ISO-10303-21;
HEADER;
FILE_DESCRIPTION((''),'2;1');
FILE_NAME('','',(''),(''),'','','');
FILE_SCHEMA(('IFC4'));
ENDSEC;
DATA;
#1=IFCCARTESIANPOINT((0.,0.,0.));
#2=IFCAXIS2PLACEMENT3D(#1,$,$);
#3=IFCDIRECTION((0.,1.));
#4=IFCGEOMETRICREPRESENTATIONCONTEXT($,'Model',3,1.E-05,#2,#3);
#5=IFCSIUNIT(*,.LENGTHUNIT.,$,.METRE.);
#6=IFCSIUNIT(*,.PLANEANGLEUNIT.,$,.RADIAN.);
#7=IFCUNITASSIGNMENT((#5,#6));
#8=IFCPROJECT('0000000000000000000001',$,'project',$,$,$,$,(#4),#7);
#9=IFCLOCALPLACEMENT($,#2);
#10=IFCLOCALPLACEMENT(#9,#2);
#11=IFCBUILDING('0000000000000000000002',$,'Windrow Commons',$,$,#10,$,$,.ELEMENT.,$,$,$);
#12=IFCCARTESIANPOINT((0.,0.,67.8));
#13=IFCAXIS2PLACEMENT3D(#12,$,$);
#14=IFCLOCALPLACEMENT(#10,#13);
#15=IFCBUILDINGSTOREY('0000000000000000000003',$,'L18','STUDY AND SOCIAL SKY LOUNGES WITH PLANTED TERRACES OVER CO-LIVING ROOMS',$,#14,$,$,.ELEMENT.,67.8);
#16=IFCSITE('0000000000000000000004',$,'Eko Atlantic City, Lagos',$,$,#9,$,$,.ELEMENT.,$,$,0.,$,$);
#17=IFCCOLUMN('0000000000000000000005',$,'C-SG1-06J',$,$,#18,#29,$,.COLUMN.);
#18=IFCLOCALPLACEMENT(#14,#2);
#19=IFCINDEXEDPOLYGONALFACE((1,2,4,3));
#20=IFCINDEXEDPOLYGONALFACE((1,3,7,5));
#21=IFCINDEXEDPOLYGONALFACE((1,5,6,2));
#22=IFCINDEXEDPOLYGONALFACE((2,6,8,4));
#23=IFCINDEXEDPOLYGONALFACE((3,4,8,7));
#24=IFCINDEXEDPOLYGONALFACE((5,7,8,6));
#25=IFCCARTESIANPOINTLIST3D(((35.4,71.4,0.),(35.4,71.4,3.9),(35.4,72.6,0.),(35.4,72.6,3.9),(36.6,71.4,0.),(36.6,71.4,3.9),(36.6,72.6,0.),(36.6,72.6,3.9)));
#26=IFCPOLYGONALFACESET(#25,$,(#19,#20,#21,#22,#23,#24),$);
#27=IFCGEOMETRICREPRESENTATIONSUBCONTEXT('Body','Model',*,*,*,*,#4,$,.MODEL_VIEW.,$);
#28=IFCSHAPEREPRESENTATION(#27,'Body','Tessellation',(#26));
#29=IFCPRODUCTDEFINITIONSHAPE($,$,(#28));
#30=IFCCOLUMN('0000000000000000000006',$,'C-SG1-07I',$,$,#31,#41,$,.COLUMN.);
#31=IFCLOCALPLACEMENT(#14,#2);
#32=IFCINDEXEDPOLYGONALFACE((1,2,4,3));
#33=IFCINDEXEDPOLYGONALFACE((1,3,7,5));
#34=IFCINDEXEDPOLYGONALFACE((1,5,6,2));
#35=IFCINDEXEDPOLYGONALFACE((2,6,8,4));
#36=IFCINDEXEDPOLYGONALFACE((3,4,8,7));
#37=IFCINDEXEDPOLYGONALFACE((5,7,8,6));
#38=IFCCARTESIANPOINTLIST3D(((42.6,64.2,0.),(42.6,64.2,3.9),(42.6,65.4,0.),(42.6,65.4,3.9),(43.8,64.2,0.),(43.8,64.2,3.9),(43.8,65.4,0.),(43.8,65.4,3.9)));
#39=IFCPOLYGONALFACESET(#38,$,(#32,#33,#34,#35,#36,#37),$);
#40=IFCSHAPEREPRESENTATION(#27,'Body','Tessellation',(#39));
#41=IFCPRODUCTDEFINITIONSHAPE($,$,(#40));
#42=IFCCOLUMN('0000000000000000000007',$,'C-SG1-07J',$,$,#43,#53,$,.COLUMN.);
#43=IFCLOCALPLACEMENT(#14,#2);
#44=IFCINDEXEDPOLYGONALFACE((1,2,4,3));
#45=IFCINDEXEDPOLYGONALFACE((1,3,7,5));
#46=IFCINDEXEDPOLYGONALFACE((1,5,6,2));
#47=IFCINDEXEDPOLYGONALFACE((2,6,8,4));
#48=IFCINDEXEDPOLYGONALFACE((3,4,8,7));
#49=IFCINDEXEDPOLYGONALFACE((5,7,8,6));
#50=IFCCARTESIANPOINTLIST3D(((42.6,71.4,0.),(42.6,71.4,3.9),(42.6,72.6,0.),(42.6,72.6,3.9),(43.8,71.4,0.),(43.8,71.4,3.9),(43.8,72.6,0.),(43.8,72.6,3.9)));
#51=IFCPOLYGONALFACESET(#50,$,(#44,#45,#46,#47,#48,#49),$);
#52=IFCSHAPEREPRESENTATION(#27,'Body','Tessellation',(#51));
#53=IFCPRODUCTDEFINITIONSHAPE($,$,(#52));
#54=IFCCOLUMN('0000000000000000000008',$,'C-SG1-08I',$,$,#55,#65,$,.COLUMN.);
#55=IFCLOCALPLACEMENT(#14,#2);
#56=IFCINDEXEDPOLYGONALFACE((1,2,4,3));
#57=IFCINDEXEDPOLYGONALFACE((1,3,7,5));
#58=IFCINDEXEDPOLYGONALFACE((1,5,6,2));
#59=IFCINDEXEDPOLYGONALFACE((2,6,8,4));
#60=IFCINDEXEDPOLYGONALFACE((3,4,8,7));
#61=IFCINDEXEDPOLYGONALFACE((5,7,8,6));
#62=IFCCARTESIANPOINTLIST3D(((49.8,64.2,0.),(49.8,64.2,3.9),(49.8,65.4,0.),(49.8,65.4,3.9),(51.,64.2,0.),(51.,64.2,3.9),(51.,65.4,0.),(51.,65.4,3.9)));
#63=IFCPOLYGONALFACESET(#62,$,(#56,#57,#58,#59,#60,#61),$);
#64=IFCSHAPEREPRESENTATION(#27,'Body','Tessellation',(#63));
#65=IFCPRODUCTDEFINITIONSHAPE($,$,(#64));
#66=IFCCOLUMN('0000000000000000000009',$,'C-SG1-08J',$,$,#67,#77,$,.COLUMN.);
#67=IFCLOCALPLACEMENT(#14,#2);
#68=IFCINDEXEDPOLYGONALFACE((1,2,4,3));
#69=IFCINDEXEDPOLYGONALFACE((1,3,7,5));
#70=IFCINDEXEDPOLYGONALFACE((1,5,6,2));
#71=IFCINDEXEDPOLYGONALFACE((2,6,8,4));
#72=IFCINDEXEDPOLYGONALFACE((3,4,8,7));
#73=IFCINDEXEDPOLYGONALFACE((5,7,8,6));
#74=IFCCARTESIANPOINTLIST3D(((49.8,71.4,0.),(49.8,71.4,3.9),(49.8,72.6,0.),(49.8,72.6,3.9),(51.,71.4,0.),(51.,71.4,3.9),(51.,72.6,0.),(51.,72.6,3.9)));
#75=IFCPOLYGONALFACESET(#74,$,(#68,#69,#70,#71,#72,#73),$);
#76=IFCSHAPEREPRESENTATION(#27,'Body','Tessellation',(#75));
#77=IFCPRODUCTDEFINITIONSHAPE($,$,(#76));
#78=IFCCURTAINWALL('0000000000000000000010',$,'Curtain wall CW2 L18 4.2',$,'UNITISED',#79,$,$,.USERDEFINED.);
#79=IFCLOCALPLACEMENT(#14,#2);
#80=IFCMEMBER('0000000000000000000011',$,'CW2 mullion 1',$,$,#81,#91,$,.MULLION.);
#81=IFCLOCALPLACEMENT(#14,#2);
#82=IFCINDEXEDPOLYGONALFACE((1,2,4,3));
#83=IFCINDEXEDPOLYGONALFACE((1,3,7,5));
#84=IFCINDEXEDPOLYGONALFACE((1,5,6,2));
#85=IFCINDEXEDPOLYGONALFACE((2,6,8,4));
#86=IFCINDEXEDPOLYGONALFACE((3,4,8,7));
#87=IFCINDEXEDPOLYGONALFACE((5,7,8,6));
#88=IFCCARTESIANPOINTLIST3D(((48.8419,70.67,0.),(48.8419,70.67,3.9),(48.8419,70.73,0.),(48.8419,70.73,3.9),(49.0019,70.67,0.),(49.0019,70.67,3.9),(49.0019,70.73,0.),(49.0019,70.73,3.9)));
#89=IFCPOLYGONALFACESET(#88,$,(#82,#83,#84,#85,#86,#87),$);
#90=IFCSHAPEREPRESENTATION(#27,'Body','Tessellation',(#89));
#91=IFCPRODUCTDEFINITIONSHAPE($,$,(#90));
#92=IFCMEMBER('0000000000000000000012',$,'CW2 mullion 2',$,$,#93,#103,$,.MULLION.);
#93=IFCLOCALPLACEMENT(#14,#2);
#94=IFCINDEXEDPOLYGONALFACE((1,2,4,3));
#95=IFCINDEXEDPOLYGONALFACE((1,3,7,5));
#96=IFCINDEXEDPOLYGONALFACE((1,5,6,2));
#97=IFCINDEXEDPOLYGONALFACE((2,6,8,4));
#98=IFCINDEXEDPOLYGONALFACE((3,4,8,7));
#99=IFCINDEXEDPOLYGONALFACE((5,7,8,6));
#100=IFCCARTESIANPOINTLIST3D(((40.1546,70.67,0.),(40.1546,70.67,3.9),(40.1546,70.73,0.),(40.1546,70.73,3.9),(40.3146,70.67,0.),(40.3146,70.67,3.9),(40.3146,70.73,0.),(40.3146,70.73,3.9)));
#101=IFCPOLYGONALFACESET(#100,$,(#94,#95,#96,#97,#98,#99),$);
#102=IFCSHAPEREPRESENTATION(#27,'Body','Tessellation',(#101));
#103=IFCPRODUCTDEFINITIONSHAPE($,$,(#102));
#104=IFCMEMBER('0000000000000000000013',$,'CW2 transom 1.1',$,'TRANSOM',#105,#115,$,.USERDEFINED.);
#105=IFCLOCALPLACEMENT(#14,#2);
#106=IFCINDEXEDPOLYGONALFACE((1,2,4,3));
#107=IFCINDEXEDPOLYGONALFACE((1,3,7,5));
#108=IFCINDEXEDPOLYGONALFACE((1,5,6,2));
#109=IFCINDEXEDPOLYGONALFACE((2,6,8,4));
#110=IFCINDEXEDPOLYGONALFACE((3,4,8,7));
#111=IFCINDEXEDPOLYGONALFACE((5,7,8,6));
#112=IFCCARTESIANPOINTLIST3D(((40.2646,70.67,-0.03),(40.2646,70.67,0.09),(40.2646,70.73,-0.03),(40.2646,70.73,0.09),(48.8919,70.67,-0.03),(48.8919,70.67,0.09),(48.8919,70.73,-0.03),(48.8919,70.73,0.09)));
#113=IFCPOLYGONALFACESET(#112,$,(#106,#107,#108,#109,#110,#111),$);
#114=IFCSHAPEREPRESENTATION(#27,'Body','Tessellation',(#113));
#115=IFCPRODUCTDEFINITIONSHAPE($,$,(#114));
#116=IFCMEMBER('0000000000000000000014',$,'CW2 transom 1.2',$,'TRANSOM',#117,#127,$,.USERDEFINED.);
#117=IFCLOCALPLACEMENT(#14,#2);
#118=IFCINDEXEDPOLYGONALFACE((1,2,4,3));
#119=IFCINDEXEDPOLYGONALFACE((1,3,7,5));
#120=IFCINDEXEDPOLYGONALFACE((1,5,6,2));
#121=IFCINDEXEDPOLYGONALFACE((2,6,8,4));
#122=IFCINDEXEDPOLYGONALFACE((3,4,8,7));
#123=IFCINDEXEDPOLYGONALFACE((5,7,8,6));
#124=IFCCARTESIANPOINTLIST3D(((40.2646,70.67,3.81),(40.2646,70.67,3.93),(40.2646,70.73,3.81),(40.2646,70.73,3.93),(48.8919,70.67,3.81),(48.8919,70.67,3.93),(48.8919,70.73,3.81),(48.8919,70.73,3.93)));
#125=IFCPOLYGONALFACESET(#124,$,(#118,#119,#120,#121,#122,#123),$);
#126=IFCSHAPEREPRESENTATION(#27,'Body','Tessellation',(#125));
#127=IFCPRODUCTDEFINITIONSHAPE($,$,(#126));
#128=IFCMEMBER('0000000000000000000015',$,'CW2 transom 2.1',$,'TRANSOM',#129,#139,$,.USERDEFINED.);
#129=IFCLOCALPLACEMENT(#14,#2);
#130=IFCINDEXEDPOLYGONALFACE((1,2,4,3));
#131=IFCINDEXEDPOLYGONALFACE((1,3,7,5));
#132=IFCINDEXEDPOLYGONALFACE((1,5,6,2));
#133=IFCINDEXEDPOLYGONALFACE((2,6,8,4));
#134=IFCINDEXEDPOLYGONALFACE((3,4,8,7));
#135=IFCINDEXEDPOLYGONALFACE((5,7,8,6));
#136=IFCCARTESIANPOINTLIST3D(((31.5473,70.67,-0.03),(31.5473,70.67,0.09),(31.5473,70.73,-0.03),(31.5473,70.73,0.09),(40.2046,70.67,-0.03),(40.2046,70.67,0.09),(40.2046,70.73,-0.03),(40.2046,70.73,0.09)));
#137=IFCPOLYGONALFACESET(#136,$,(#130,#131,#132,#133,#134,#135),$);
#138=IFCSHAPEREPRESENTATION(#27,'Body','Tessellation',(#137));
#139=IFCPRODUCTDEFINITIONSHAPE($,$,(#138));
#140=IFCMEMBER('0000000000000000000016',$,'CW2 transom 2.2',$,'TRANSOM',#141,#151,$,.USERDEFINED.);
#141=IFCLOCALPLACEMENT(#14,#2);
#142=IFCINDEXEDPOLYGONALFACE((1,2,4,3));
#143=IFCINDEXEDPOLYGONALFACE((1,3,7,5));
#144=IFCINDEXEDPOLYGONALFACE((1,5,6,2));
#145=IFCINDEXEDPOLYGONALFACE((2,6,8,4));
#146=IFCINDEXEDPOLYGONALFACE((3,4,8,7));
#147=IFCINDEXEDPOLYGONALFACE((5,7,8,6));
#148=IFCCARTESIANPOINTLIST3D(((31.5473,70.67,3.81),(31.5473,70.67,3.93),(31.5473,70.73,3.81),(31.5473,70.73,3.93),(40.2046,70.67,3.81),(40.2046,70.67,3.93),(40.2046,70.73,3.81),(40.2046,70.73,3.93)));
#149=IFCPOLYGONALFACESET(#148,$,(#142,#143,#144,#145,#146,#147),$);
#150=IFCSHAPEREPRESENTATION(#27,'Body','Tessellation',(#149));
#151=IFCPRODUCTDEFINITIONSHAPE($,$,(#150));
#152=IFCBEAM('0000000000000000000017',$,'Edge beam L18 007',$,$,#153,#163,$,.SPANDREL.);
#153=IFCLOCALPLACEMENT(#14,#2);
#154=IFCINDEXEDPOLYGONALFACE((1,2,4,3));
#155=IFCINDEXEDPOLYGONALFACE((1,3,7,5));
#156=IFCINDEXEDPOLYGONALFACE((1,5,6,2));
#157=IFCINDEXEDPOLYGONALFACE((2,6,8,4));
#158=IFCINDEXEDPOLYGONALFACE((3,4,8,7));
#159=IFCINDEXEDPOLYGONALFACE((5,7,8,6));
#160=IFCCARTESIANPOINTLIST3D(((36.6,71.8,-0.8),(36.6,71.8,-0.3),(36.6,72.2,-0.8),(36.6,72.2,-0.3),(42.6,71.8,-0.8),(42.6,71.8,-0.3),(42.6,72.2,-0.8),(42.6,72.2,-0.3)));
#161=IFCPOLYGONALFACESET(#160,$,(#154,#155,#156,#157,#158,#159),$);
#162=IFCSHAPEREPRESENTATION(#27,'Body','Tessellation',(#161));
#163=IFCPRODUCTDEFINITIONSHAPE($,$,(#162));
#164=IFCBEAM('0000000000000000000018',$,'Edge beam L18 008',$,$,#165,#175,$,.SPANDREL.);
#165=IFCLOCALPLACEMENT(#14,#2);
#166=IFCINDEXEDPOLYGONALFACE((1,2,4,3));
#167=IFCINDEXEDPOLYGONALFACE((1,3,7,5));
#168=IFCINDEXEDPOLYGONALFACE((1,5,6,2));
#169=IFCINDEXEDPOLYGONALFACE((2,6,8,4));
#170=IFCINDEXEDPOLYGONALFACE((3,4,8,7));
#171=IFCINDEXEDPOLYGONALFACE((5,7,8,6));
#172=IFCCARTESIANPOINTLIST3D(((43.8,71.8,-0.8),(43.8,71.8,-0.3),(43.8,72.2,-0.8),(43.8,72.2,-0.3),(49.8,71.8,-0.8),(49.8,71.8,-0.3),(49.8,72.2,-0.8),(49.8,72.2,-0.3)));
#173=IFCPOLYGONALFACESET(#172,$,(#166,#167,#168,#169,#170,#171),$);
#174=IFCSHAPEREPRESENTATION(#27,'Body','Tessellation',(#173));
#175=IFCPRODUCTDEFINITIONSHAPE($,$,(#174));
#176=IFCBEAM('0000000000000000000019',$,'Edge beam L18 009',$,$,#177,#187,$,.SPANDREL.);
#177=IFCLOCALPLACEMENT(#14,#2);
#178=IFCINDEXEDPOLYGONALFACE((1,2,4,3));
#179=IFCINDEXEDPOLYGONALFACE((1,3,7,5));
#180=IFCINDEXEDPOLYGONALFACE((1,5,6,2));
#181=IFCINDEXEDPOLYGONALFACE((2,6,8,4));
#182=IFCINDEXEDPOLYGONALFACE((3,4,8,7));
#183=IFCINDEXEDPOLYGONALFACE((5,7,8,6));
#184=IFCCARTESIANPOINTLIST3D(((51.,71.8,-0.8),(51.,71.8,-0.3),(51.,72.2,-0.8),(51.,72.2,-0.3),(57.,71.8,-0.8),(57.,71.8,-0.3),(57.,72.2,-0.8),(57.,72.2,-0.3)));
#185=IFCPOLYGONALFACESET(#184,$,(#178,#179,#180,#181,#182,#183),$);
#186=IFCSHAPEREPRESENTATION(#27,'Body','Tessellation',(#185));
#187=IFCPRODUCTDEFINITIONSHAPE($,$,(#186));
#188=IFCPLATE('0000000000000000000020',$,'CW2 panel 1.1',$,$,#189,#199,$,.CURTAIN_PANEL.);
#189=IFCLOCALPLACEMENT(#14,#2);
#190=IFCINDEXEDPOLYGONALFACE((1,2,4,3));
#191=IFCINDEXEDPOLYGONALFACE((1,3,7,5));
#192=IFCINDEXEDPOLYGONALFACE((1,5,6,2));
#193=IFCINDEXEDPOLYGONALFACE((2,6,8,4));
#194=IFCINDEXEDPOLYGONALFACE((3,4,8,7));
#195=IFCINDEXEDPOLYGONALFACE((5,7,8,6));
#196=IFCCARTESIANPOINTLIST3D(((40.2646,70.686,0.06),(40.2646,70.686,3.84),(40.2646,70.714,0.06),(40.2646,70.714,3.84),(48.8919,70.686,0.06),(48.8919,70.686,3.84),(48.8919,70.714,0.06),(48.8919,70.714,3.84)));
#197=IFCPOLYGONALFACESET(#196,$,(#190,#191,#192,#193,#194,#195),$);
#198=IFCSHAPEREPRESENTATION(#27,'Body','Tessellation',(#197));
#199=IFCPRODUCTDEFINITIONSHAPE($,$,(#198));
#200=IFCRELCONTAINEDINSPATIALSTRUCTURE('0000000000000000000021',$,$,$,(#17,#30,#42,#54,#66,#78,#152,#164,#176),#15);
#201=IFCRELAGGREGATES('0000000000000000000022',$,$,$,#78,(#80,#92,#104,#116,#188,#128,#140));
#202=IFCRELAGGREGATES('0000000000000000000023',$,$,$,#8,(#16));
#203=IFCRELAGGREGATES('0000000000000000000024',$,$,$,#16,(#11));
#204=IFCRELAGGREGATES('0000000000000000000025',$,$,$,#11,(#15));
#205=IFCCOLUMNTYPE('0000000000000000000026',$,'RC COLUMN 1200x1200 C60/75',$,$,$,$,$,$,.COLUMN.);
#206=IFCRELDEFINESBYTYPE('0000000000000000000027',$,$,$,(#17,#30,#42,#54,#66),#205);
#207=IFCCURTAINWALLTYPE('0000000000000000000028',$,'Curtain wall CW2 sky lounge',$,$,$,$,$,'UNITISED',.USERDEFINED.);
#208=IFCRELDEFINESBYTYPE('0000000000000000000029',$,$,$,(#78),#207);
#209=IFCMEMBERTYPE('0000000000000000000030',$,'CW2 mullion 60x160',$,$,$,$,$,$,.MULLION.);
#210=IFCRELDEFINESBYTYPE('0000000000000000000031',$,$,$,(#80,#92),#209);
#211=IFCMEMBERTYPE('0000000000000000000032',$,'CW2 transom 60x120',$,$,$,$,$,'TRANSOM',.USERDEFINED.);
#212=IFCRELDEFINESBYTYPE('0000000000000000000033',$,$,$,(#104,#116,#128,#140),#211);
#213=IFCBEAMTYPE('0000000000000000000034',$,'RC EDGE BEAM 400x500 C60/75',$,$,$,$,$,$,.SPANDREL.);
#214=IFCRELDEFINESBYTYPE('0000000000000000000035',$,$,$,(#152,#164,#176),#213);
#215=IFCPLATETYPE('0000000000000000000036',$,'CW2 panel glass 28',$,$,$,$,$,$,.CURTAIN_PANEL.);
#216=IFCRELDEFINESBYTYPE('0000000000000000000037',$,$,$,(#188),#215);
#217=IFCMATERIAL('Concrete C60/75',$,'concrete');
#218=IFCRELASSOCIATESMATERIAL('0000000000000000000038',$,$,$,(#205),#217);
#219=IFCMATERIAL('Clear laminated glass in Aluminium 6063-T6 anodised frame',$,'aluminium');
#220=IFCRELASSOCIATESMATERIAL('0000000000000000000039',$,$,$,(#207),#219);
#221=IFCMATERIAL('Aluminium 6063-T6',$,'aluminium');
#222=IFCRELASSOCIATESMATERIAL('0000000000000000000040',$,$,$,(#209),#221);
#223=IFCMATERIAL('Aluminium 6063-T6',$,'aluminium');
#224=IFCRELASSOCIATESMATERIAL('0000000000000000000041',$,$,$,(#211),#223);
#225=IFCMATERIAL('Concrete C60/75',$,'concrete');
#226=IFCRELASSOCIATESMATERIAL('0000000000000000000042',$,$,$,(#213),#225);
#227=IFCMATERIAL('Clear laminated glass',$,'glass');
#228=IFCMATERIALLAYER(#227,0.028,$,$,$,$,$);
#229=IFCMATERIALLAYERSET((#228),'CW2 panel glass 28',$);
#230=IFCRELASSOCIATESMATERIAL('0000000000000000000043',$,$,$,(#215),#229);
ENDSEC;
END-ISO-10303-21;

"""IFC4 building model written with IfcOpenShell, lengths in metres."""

from ifc_helpers import new_model, si_unit, direction, frame, origin, origin_2d, place, context, subcontext, project, spatial, rectangle, extrude, material, layer, layer_set, material_profile, profile_set, type_object, element, aggregate, save


model = new_model("IFC4")

# Units and contexts
model_context = context("Model", 3, precision=1e-05, world=origin(), true_north=direction((0.0, 1.0)))
body_context = subcontext(model_context, "Body", "Model", "MODEL_VIEW")
ifc_project = project(units=[si_unit("LENGTHUNIT", "METRE"), si_unit("PLANEANGLEUNIT", "RADIAN")], contexts=[model_context])

# Site, building, storey
site_placement = place(None, origin())
site = spatial("IfcSite", under=ifc_project, at=site_placement, Name="Eko Atlantic City, Lagos", CompositionType="ELEMENT", RefElevation=0.0)
building_placement = place(site_placement, origin())
building = spatial("IfcBuilding", under=site, at=building_placement, Name="Windrow Commons", CompositionType="ELEMENT")
storey_placement = place(building_placement, frame((0.0, 0.0, 67.8)))
storey = spatial("IfcBuildingStorey", under=building, at=storey_placement, Name="L18", Description="STUDY AND SOCIAL SKY LOUNGES WITH PLANTED TERRACES OVER CO-LIVING ROOMS", CompositionType="ELEMENT", Elevation=67.8)

# Columns
ifc_material_1 = material(Name="Concrete C60/75", Category="concrete")
ifc_material_profile_1 = material_profile(ifc_material_1, rectangle(XDim=1.2, YDim=1.2, at=origin_2d()))
ifc_profile_set_1 = profile_set([ifc_material_profile_1], Name="Concrete C60/75")
column_type = type_object("IfcColumnType", Name="RC COLUMN 1200x1200 C60/75", PredefinedType="COLUMN", material=ifc_profile_set_1)
for number, where, z_axis, x_axis, name in (
    (1, (36.0, 72.0, 0.0), (0.0, 0.0, 1.0), (1.0, 0.0, 0.0), "C-SG1-06J"),
    (2, (43.2, 64.8, 0.0), (0.0, 0.0, 1.0), (1.0, 0.0, 0.0), "C-SG1-07I"),
    (3, (43.2, 72.0, 0.0), (0.0, 0.0, 1.0), (1.0, 0.0, 0.0), "C-SG1-07J"),
    (4, (50.4, 64.8, 0.0), (0.0, 0.0, 1.0), (1.0, 0.0, 0.0), "C-SG1-08I"),
    (5, (50.4, 72.0, 0.0), (0.0, 0.0, 1.0), (1.0, 0.0, 0.0), "C-SG1-08J"),
):
    element("IfcColumn", number, at=place(storey_placement, frame(where, z_axis=z_axis, x_axis=x_axis)), inside=storey, type_object=column_type, Name=name, PredefinedType="COLUMN", context=body_context, shape_type="SweptSolid", body=[
        extrude(rectangle(XDim=1.2, YDim=1.2, at=origin_2d()), origin(), (0.0, 0.0, 1.0), 3.9),
    ])

# Curtain wall, members
ifc_material_2 = material(Name="Clear laminated glass in Aluminium 6063-T6 anodised frame", Category="aluminium")
curtain_wall_type = type_object("IfcCurtainWallType", Name="Curtain wall CW2 sky lounge", ElementType="UNITISED", PredefinedType="USERDEFINED", material=ifc_material_2)
curtain_wall_placement = place(storey_placement, origin())
curtain_wall = element("IfcCurtainWall", 6, at=curtain_wall_placement, inside=storey, type_object=curtain_wall_type, Name="Curtain wall CW2 L18 4.2", ObjectType="UNITISED", PredefinedType="USERDEFINED")
ifc_material_3 = material(Name="Aluminium 6063-T6", Category="aluminium")
ifc_material_profile_2 = material_profile(ifc_material_3, rectangle(XDim=0.06, YDim=0.16, at=origin_2d()))
ifc_profile_set_2 = profile_set([ifc_material_profile_2], Name="Aluminium 6063-T6")
member_type_1 = type_object("IfcMemberType", Name="CW2 mullion 60x160", PredefinedType="MULLION", material=ifc_profile_set_2)
member_1_placement = place(storey_placement, frame((48.9219, 70.7, 0.0), z_axis=(0.0, 0.0, 1.0), x_axis=(0.0, -1.0, 0.0)))
member_1 = element("IfcMember", 7, at=member_1_placement, type_object=member_type_1, Name="CW2 mullion 1", PredefinedType="MULLION", context=body_context, shape_type="SweptSolid", body=[
    extrude(rectangle(XDim=0.06, YDim=0.16, at=origin_2d()), origin(), (0.0, 0.0, 1.0), 3.9),
])
member_2_placement = place(storey_placement, frame((40.2346, 70.7, 0.0), z_axis=(0.0, 0.0, 1.0), x_axis=(0.0, -1.0, 0.0)))
member_2 = element("IfcMember", 8, at=member_2_placement, type_object=member_type_1, Name="CW2 mullion 2", PredefinedType="MULLION", context=body_context, shape_type="SweptSolid", body=[
    extrude(rectangle(XDim=0.06, YDim=0.16, at=origin_2d()), origin(), (0.0, 0.0, 1.0), 3.9),
])
ifc_material_4 = material(Name="Aluminium 6063-T6", Category="aluminium")
ifc_material_profile_3 = material_profile(ifc_material_4, rectangle(XDim=0.06, YDim=0.12, at=origin_2d()))
ifc_profile_set_3 = profile_set([ifc_material_profile_3], Name="Aluminium 6063-T6")
member_type_2 = type_object("IfcMemberType", Name="CW2 transom 60x120", ElementType="TRANSOM", PredefinedType="USERDEFINED", material=ifc_profile_set_3)
member_3_placement = place(storey_placement, frame((48.8919, 70.7, 0.03), z_axis=(-1.0, 0.0, 0.0), x_axis=(0.0, -1.0, 0.0)))
member_3 = element("IfcMember", 9, at=member_3_placement, type_object=member_type_2, Name="CW2 transom 1.1", ObjectType="TRANSOM", PredefinedType="USERDEFINED", context=body_context, shape_type="SweptSolid", body=[
    extrude(rectangle(XDim=0.06, YDim=0.12, at=origin_2d()), origin(), (0.0, 0.0, 1.0), 8.6273),
])
member_4_placement = place(storey_placement, frame((48.8919, 70.7, 3.87), z_axis=(-1.0, 0.0, 0.0), x_axis=(0.0, -1.0, 0.0)))
member_4 = element("IfcMember", 10, at=member_4_placement, type_object=member_type_2, Name="CW2 transom 1.2", ObjectType="TRANSOM", PredefinedType="USERDEFINED", context=body_context, shape_type="SweptSolid", body=[
    extrude(rectangle(XDim=0.06, YDim=0.12, at=origin_2d()), origin(), (0.0, 0.0, 1.0), 8.6273),
])
member_5_placement = place(storey_placement, frame((40.2046, 70.7, 0.03), z_axis=(-1.0, 0.0, 0.0), x_axis=(0.0, -1.0, 0.0)))
member_5 = element("IfcMember", 11, at=member_5_placement, type_object=member_type_2, Name="CW2 transom 2.1", ObjectType="TRANSOM", PredefinedType="USERDEFINED", context=body_context, shape_type="SweptSolid", body=[
    extrude(rectangle(XDim=0.06, YDim=0.12, at=origin_2d()), origin(), (0.0, 0.0, 1.0), 8.6573),
])
member_6_placement = place(storey_placement, frame((40.2046, 70.7, 3.87), z_axis=(-1.0, 0.0, 0.0), x_axis=(0.0, -1.0, 0.0)))
member_6 = element("IfcMember", 12, at=member_6_placement, type_object=member_type_2, Name="CW2 transom 2.2", ObjectType="TRANSOM", PredefinedType="USERDEFINED", context=body_context, shape_type="SweptSolid", body=[
    extrude(rectangle(XDim=0.06, YDim=0.12, at=origin_2d()), origin(), (0.0, 0.0, 1.0), 8.6573),
])

# Beams
ifc_material_5 = material(Name="Concrete C60/75", Category="concrete")
ifc_material_profile_4 = material_profile(ifc_material_5, rectangle(XDim=0.4, YDim=0.5, at=origin_2d()))
ifc_profile_set_4 = profile_set([ifc_material_profile_4], Name="Concrete C60/75")
beam_type = type_object("IfcBeamType", Name="RC EDGE BEAM 400x500 C60/75", PredefinedType="SPANDREL", material=ifc_profile_set_4)
for number, where, z_axis, x_axis, name in (
    (13, (36.6, 72.0, -0.55), (1.0, 0.0, 0.0), (0.0, 1.0, 0.0), "Edge beam L18 007"),
    (14, (43.8, 72.0, -0.55), (1.0, 0.0, 0.0), (0.0, 1.0, 0.0), "Edge beam L18 008"),
    (15, (51.0, 72.0, -0.55), (1.0, 0.0, 0.0), (0.0, 1.0, 0.0), "Edge beam L18 009"),
):
    element("IfcBeam", number, at=place(storey_placement, frame(where, z_axis=z_axis, x_axis=x_axis)), inside=storey, type_object=beam_type, Name=name, PredefinedType="SPANDREL", context=body_context, shape_type="SweptSolid", body=[
        extrude(rectangle(XDim=0.4, YDim=0.5, at=origin_2d()), origin(), (0.0, 0.0, 1.0), 6.0),
    ])

# Plate
ifc_material_6 = material(Name="Clear laminated glass", Category="glass")
ifc_layer_1 = layer(ifc_material_6, 0.028)
ifc_layer_set_1 = layer_set([ifc_layer_1], Name="CW2 panel glass 28")
plate_type = type_object("IfcPlateType", Name="CW2 panel glass 28", PredefinedType="CURTAIN_PANEL", material=ifc_layer_set_1)
plate_placement = place(storey_placement, frame((44.5782, 70.7, 0.06), z_axis=(0.0, 0.0, 1.0), x_axis=(-1.0, 0.0, 0.0)))
plate = element("IfcPlate", 16, at=plate_placement, type_object=plate_type, Name="CW2 panel 1.1", PredefinedType="CURTAIN_PANEL", context=body_context, shape_type="SweptSolid", body=[
    extrude(rectangle(XDim=8.6273, YDim=0.028, at=origin_2d()), origin(), (0.0, 0.0, 1.0), 3.78),
])
aggregate(curtain_wall, [member_1, member_2, member_3, member_4, plate, member_5, member_6])

save(model, "model.ifc")
